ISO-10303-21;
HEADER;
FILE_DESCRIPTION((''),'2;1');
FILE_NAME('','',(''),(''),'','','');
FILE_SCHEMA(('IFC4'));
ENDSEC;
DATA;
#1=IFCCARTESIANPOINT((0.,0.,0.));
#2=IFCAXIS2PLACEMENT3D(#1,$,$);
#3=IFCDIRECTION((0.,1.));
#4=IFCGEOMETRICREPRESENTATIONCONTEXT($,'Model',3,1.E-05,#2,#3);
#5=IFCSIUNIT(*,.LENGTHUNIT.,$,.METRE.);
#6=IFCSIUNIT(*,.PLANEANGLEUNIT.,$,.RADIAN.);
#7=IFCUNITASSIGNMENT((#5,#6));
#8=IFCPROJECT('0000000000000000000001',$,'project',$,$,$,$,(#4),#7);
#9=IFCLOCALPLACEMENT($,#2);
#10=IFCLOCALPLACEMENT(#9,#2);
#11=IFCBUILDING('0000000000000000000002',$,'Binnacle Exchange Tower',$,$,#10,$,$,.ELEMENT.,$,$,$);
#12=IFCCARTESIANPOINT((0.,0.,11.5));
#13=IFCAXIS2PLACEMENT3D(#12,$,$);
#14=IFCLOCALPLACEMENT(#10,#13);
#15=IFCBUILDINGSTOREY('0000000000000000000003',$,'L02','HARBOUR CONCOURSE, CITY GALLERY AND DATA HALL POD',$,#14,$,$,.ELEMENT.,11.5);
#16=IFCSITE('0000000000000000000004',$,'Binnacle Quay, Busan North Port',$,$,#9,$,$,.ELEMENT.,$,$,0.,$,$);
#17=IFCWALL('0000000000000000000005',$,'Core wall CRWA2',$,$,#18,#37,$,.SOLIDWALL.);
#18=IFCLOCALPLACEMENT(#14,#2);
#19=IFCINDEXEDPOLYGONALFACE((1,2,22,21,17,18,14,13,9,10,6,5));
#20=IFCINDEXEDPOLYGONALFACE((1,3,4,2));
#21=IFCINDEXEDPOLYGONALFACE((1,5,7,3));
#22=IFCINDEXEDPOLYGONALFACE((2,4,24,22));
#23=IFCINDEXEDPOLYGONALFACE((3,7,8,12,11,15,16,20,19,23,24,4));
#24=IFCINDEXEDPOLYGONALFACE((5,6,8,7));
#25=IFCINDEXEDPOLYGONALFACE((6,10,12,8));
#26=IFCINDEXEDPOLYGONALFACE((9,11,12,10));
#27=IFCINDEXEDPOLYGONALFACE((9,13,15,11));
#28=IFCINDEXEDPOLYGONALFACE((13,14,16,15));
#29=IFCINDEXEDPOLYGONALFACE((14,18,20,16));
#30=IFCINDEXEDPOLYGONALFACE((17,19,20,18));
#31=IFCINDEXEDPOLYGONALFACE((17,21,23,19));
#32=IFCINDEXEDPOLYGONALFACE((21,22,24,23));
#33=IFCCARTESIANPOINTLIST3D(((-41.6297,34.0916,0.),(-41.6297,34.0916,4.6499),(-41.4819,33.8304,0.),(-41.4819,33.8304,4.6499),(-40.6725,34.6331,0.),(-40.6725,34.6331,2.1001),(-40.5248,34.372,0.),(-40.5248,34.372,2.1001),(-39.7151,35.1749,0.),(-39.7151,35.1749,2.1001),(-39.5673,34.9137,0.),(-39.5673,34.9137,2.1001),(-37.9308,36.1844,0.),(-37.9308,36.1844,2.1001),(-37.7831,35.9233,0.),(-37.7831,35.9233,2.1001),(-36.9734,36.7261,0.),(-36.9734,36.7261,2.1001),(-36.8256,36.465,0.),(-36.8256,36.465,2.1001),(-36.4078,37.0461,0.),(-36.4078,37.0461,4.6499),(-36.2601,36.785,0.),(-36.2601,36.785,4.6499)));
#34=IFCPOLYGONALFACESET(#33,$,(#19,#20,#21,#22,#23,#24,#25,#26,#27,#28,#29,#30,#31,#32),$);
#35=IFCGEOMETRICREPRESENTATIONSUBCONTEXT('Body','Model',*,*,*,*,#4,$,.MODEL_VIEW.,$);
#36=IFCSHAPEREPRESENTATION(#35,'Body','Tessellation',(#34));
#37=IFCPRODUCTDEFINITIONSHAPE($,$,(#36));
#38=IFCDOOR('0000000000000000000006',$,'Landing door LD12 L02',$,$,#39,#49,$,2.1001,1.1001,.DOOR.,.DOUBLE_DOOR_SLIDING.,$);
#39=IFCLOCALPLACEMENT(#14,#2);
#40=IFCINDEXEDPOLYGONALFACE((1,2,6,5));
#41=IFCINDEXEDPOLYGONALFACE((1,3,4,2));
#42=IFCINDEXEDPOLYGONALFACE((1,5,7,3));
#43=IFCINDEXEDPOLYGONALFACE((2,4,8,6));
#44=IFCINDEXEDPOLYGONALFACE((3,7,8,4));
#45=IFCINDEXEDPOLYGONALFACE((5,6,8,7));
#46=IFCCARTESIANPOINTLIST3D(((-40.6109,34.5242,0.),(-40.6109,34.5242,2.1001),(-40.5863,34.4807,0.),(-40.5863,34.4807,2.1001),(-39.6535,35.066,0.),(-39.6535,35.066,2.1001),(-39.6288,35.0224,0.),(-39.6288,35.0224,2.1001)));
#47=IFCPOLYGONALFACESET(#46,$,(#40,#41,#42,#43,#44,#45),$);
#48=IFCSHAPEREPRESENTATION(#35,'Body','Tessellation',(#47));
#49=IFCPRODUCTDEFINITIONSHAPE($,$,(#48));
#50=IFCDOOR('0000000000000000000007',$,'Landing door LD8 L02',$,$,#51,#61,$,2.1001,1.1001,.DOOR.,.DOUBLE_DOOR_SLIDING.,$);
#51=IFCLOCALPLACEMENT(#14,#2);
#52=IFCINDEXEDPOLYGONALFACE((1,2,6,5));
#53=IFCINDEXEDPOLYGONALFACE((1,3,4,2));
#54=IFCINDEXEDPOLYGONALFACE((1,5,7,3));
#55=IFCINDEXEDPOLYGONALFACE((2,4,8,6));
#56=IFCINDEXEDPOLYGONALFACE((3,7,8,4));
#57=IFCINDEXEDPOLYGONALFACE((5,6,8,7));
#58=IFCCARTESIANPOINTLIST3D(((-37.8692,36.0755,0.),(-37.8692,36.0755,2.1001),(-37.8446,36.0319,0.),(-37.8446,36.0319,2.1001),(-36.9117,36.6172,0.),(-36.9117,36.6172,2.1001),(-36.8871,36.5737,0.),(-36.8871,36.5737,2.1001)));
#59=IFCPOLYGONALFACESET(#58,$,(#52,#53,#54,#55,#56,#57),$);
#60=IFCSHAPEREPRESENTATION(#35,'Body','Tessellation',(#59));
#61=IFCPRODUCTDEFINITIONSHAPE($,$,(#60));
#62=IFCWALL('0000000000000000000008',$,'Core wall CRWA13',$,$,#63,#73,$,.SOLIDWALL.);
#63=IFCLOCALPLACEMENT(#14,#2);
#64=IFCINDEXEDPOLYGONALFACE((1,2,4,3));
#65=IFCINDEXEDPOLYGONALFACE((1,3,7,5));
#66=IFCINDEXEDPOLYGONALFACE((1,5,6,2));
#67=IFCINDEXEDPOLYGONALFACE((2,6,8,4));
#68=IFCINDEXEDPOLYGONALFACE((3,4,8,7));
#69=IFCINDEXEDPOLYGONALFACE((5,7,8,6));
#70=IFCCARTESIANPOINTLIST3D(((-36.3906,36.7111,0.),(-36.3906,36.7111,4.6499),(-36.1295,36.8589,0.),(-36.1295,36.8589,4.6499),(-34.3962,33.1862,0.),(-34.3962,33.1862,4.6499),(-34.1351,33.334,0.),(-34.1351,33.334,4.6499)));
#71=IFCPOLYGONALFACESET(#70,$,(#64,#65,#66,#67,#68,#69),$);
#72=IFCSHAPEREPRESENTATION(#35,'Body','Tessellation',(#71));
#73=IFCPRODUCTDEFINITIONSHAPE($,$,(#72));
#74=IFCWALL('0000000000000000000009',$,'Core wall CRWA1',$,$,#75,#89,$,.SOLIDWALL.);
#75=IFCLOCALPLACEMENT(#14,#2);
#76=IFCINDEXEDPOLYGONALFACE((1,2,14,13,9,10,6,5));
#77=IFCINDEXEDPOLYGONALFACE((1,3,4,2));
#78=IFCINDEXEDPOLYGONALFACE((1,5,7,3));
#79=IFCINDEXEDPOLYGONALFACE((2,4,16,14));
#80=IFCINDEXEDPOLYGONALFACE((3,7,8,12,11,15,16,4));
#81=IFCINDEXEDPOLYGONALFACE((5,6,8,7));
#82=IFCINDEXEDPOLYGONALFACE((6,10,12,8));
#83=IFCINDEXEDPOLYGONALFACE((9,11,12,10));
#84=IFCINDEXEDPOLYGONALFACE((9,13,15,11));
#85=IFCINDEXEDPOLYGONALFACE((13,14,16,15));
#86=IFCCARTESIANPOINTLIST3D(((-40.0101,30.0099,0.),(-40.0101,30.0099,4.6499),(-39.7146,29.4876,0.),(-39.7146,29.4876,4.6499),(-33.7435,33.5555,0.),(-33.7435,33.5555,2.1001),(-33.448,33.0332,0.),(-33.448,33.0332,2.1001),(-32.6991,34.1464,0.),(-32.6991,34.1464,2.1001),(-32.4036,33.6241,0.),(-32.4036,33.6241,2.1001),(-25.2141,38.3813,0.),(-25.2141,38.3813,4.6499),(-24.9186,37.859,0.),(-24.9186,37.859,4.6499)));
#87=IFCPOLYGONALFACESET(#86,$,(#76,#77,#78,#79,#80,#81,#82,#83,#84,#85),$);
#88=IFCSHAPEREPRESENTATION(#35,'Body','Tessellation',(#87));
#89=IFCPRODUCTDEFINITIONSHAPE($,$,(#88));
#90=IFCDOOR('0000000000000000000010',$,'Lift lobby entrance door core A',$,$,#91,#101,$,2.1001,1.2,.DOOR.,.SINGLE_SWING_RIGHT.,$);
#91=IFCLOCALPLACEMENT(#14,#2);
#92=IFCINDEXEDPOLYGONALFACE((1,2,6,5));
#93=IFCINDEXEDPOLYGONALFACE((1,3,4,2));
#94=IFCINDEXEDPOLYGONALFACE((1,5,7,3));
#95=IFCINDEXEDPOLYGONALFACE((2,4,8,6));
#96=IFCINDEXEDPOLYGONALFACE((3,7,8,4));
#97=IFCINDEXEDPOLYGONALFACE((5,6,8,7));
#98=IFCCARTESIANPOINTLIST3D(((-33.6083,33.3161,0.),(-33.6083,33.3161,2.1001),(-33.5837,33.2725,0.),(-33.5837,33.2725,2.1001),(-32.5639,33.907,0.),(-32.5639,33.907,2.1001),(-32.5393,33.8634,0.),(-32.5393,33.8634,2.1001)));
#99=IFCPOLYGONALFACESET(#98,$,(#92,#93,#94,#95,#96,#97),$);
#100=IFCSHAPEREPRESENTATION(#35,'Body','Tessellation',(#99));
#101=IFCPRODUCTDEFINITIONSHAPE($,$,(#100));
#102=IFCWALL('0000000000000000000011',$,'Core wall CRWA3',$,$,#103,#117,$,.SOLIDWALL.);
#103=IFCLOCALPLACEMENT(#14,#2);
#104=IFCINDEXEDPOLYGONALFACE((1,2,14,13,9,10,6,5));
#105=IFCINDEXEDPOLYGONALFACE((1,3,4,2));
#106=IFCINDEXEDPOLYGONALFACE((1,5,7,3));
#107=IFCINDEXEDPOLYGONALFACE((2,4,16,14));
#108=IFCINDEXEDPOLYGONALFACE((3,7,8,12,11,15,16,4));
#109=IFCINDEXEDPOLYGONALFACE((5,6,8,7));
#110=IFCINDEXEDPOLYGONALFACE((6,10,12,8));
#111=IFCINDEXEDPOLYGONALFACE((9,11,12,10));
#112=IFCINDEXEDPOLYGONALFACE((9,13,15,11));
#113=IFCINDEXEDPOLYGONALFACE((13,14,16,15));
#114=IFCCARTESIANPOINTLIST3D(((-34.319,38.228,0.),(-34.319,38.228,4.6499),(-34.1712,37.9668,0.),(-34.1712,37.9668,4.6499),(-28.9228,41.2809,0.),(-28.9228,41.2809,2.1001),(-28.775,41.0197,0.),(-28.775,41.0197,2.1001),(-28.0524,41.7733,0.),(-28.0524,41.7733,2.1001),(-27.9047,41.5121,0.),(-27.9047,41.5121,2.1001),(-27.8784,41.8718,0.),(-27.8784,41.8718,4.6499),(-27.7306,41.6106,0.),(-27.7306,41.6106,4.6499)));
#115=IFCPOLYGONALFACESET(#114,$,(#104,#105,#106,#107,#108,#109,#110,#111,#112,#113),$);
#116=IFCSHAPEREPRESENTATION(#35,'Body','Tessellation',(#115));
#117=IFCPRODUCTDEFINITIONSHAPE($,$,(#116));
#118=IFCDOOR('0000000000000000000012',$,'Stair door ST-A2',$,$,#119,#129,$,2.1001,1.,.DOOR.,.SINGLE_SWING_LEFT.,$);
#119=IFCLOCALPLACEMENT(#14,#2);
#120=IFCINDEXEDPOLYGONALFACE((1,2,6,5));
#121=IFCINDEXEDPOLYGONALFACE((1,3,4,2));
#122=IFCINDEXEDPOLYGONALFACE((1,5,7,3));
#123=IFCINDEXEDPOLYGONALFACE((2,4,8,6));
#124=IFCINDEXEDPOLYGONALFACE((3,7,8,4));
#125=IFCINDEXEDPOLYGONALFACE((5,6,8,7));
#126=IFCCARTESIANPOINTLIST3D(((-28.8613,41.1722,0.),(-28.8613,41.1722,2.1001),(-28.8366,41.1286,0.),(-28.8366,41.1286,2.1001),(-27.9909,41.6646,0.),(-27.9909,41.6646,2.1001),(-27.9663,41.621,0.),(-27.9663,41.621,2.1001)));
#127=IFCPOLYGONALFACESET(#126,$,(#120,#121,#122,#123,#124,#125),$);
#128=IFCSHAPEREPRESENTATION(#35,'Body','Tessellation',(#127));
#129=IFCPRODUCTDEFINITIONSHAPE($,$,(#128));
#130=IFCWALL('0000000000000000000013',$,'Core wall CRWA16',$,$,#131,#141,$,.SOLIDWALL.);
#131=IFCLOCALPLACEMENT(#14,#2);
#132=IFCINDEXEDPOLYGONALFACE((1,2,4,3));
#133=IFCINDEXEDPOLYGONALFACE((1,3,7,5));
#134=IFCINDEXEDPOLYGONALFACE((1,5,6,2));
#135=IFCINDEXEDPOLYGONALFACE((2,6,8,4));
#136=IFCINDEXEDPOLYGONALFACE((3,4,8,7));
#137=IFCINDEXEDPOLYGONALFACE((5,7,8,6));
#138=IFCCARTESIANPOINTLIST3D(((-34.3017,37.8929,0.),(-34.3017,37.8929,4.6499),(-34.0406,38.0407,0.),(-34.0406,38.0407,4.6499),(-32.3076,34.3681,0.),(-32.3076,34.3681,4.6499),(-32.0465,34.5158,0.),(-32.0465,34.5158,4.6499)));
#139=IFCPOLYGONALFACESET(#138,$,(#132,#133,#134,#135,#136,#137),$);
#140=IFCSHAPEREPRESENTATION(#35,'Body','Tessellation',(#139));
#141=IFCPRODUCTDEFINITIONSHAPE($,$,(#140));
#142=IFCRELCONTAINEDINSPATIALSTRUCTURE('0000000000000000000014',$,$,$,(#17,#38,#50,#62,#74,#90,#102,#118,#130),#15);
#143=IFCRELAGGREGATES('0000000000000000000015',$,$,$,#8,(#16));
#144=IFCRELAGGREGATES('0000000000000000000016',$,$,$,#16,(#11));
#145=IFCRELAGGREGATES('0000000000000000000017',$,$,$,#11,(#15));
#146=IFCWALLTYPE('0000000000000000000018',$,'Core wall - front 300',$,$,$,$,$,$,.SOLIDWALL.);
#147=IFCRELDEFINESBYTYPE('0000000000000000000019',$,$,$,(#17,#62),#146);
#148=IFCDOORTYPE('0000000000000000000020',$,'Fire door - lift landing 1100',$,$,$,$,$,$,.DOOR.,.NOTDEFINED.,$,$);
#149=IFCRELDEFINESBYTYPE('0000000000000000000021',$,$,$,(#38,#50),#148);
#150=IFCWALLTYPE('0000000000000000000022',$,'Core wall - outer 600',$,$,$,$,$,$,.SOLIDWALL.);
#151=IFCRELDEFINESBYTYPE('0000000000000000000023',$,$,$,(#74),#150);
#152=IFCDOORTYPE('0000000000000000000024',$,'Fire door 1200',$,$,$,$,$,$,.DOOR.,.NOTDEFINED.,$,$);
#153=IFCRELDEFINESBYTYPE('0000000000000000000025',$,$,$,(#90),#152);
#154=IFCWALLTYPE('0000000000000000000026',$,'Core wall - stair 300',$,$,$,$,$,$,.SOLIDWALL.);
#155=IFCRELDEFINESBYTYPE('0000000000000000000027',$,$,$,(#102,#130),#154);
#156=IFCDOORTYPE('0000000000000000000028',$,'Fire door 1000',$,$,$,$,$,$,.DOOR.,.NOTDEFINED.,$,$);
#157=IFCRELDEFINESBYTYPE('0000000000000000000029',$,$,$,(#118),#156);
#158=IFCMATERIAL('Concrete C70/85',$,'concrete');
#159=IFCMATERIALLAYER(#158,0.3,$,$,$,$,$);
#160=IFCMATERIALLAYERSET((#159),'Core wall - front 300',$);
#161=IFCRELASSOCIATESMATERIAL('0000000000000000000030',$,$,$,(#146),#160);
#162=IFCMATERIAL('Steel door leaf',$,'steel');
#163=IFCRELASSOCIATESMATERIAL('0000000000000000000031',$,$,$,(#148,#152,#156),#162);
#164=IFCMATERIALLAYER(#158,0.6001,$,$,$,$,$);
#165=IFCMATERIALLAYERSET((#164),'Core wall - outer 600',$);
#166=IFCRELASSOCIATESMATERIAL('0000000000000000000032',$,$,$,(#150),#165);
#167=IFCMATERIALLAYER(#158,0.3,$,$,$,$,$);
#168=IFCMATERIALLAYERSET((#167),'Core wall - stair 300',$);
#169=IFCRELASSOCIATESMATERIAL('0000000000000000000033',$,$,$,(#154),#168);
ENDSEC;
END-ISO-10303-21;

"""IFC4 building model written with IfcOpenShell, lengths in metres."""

from ifc_helpers import new_model, si_unit, direction, frame, frame_2d, origin, place, context, subcontext, project, spatial, rectangle, extrude, material, layer, layer_set, type_object, element, fill, save


model = new_model("IFC4")

# Units and contexts
model_context = context("Model", 3, precision=1e-05, world=origin(), true_north=direction((0.0, 1.0)))
body_context = subcontext(model_context, "Body", "Model", "MODEL_VIEW")
ifc_project = project(units=[si_unit("LENGTHUNIT", "METRE"), si_unit("PLANEANGLEUNIT", "RADIAN")], contexts=[model_context])

# Site, building, storey
site_placement = place(None, origin())
site = spatial("IfcSite", under=ifc_project, at=site_placement, Name="Binnacle Quay, Busan North Port", CompositionType="ELEMENT", RefElevation=0.0)
building_placement = place(site_placement, origin())
building = spatial("IfcBuilding", under=site, at=building_placement, Name="Binnacle Exchange Tower", CompositionType="ELEMENT")
storey_placement = place(building_placement, frame((0.0, 0.0, 11.5)))
storey = spatial("IfcBuildingStorey", under=building, at=storey_placement, Name="L02", Description="HARBOUR CONCOURSE, CITY GALLERY AND DATA HALL POD", CompositionType="ELEMENT", Elevation=11.5)

# Shared definitions
ifc_material_1 = material(Name="Concrete C70/85", Category="concrete")

# Wall, openings, doors
ifc_layer_1 = layer(ifc_material_1, 0.3)
ifc_layer_set_1 = layer_set([ifc_layer_1], Name="Core wall - front 300")
wall_type_1 = type_object("IfcWallType", Name="Core wall - front 300", PredefinedType="SOLIDWALL", material=ifc_layer_set_1)
wall_1_placement = place(storey_placement, frame((-41.5559, 33.9609, 0.0), z_axis=(0.0, 0.0, 1.0), x_axis=(0.870344, 0.492445, 0.0)))
wall_1 = element("IfcWall", 1, at=wall_1_placement, inside=storey, type_object=wall_type_1, Name="Core wall CRWA2", PredefinedType="SOLIDWALL", context=body_context, shape_type="SweptSolid", body=[
    extrude(rectangle(XDim=5.9998, YDim=0.3, at=frame_2d((3.0, 0.0))), origin(), (0.0, 0.0, 1.0), 4.6499),
])
opening_1_placement = place(wall_1_placement, frame((1.0999, 0.0, 0.0)))
opening_1 = element("IfcOpeningElement", 2, at=opening_1_placement, cuts=wall_1, PredefinedType="OPENING", context=body_context, shape_type="SweptSolid", body=[
    extrude(rectangle(XDim=1.1001, YDim=2.1001, at=frame_2d((0.55, 1.05))), frame((0.0, 0.1599, 0.0), z_axis=(0.0, -1.0, 0.0), x_axis=(1.0, 0.0, 0.0)), (0.0, 0.0, 1.0), 0.3201),
])
opening_2_placement = place(wall_1_placement, frame((4.25, 0.0, 0.0)))
opening_2 = element("IfcOpeningElement", 3, at=opening_2_placement, cuts=wall_1, PredefinedType="OPENING", context=body_context, shape_type="SweptSolid", body=[
    extrude(rectangle(XDim=1.1001, YDim=2.1001, at=frame_2d((0.55, 1.05))), frame((0.0, 0.1599, 0.0), z_axis=(0.0, -1.0, 0.0), x_axis=(1.0, 0.0, 0.0)), (0.0, 0.0, 1.0), 0.3201),
])
ifc_material_2 = material(Name="Steel door leaf", Category="steel")
door_type_1 = type_object("IfcDoorType", Name="Fire door - lift landing 1100", OperationType="NOTDEFINED", PredefinedType="DOOR", material=ifc_material_2)
door_1_placement = place(opening_1_placement, origin())
door_1 = element("IfcDoor", 4, at=door_1_placement, inside=storey, type_object=door_type_1, Name="Landing door LD12 L02", OperationType="DOUBLE_DOOR_SLIDING", OverallHeight=2.1001, OverallWidth=1.1001, PredefinedType="DOOR", context=body_context, shape_type="SweptSolid", body=[
    extrude(rectangle(XDim=1.1001, YDim=2.1001, at=frame_2d((0.55, 1.05))), frame((0.0, 0.0249, 0.0), z_axis=(0.0, -1.0, 0.0), x_axis=(1.0, 0.0, 0.0)), (0.0, 0.0, 1.0), 0.05),
])
fill(opening_1, door_1)
door_2_placement = place(opening_2_placement, origin())
door_2 = element("IfcDoor", 5, at=door_2_placement, inside=storey, type_object=door_type_1, Name="Landing door LD8 L02", OperationType="DOUBLE_DOOR_SLIDING", OverallHeight=2.1001, OverallWidth=1.1001, PredefinedType="DOOR", context=body_context, shape_type="SweptSolid", body=[
    extrude(rectangle(XDim=1.1001, YDim=2.1001, at=frame_2d((0.55, 1.05))), frame((0.0, 0.0249, 0.0), z_axis=(0.0, -1.0, 0.0), x_axis=(1.0, 0.0, 0.0)), (0.0, 0.0, 1.0), 0.05),
])
fill(opening_2, door_2)

# Wall
wall_2_placement = place(storey_placement, frame((-36.26, 36.7849, 0.0), z_axis=(0.0, 0.0, 1.0), x_axis=(0.492441, -0.870346, 0.0)))
element("IfcWall", 6, at=wall_2_placement, inside=storey, type_object=wall_type_1, Name="Core wall CRWA13", PredefinedType="SOLIDWALL", context=body_context, shape_type="SweptSolid", body=[
    extrude(rectangle(XDim=4.05, YDim=0.3, at=frame_2d((2.0249, 0.0))), origin(), (0.0, 0.0, 1.0), 4.6499),
])

# Walls, openings, doors
ifc_layer_2 = layer(ifc_material_1, 0.6001)
ifc_layer_set_2 = layer_set([ifc_layer_2], Name="Core wall - outer 600")
wall_type_2 = type_object("IfcWallType", Name="Core wall - outer 600", PredefinedType="SOLIDWALL", material=ifc_layer_set_2)
wall_3_placement = place(storey_placement, frame((-39.8623, 29.7488, 0.0), z_axis=(0.0, 0.0, 1.0), x_axis=(0.87035, 0.492433, 0.0)))
wall_3 = element("IfcWall", 7, at=wall_3_placement, inside=storey, type_object=wall_type_2, Name="Core wall CRWA1", PredefinedType="SOLIDWALL", context=body_context, shape_type="SweptSolid", body=[
    extrude(rectangle(XDim=17.0, YDim=0.6001, at=frame_2d((8.5, 0.0))), origin(), (0.0, 0.0, 1.0), 4.6499),
])
opening_3_placement = place(wall_3_placement, frame((7.2, 0.0, 0.0)))
opening_3 = element("IfcOpeningElement", 8, at=opening_3_placement, cuts=wall_3, PredefinedType="OPENING", context=body_context, shape_type="SweptSolid", body=[
    extrude(rectangle(XDim=1.2, YDim=2.1001, at=frame_2d((0.6001, 1.05))), frame((0.0, 0.3101, 0.0), z_axis=(0.0, -1.0, 0.0), x_axis=(1.0, 0.0, 0.0)), (0.0, 0.0, 1.0), 0.6201),
])
door_type_2 = type_object("IfcDoorType", Name="Fire door 1200", OperationType="NOTDEFINED", PredefinedType="DOOR", material=ifc_material_2)
door_3_placement = place(opening_3_placement, frame((1.2, 0.0, 0.0), z_axis=(0.0, 0.0, 1.0), x_axis=(-1.0, 0.0, 0.0)))
door_3 = element("IfcDoor", 9, at=door_3_placement, inside=storey, type_object=door_type_2, Name="Lift lobby entrance door core A", OperationType="SINGLE_SWING_RIGHT", OverallHeight=2.1001, OverallWidth=1.2, PredefinedType="DOOR", context=body_context, shape_type="SweptSolid", body=[
    extrude(rectangle(XDim=1.2, YDim=2.1001, at=frame_2d((0.6001, 1.05))), frame((0.0, 0.0249, 0.0), z_axis=(0.0, -1.0, 0.0), x_axis=(1.0, 0.0, 0.0)), (0.0, 0.0, 1.0), 0.05),
])
fill(opening_3, door_3)
ifc_layer_3 = layer(ifc_material_1, 0.3)
ifc_layer_set_3 = layer_set([ifc_layer_3], Name="Core wall - stair 300")
wall_type_3 = type_object("IfcWallType", Name="Core wall - stair 300", PredefinedType="SOLIDWALL", material=ifc_layer_set_3)
wall_4_placement = place(storey_placement, frame((-34.2451, 38.0974, 0.0), z_axis=(0.0, 0.0, 1.0), x_axis=(0.870365, 0.492407, 0.0)))
wall_4 = element("IfcWall", 10, at=wall_4_placement, inside=storey, type_object=wall_type_3, Name="Core wall CRWA3", PredefinedType="SOLIDWALL", context=body_context, shape_type="SweptSolid", body=[
    extrude(rectangle(XDim=7.3999, YDim=0.3, at=frame_2d((3.7, 0.0))), origin(), (0.0, 0.0, 1.0), 4.6499),
])
opening_4_placement = place(wall_4_placement, frame((6.2, 0.0, 0.0)))
opening_4 = element("IfcOpeningElement", 11, at=opening_4_placement, cuts=wall_4, PredefinedType="OPENING", context=body_context, shape_type="SweptSolid", body=[
    extrude(rectangle(XDim=1.0, YDim=2.1001, at=frame_2d((0.5, 1.05))), frame((0.0, 0.1599, 0.0), z_axis=(0.0, -1.0, 0.0), x_axis=(1.0, 0.0, 0.0)), (0.0, 0.0, 1.0), 0.3201),
])
door_type_3 = type_object("IfcDoorType", Name="Fire door 1000", OperationType="NOTDEFINED", PredefinedType="DOOR", material=ifc_material_2)
door_4_placement = place(opening_4_placement, frame((1.0, 0.0, 0.0), z_axis=(0.0, 0.0, 1.0), x_axis=(-1.0, 0.0, 0.0)))
door_4 = element("IfcDoor", 12, at=door_4_placement, inside=storey, type_object=door_type_3, Name="Stair door ST-A2", OperationType="SINGLE_SWING_LEFT", OverallHeight=2.1001, OverallWidth=1.0, PredefinedType="DOOR", context=body_context, shape_type="SweptSolid", body=[
    extrude(rectangle(XDim=1.0, YDim=2.1001, at=frame_2d((0.5, 1.05))), frame((0.0, 0.0249, 0.0), z_axis=(0.0, -1.0, 0.0), x_axis=(1.0, 0.0, 0.0)), (0.0, 0.0, 1.0), 0.05),
])
fill(opening_4, door_4)

# Wall
wall_5_placement = place(storey_placement, frame((-34.1711, 37.9668, 0.0), z_axis=(0.0, 0.0, 1.0), x_axis=(0.492395, -0.870372, 0.0)))
element("IfcWall", 13, at=wall_5_placement, inside=storey, type_object=wall_type_3, Name="Core wall CRWA16", PredefinedType="SOLIDWALL", context=body_context, shape_type="SweptSolid", body=[
    extrude(rectangle(XDim=4.0498, YDim=0.3, at=frame_2d((2.0249, 0.0))), origin(), (0.0, 0.0, 1.0), 4.6499),
])

save(model, "model.ifc")
